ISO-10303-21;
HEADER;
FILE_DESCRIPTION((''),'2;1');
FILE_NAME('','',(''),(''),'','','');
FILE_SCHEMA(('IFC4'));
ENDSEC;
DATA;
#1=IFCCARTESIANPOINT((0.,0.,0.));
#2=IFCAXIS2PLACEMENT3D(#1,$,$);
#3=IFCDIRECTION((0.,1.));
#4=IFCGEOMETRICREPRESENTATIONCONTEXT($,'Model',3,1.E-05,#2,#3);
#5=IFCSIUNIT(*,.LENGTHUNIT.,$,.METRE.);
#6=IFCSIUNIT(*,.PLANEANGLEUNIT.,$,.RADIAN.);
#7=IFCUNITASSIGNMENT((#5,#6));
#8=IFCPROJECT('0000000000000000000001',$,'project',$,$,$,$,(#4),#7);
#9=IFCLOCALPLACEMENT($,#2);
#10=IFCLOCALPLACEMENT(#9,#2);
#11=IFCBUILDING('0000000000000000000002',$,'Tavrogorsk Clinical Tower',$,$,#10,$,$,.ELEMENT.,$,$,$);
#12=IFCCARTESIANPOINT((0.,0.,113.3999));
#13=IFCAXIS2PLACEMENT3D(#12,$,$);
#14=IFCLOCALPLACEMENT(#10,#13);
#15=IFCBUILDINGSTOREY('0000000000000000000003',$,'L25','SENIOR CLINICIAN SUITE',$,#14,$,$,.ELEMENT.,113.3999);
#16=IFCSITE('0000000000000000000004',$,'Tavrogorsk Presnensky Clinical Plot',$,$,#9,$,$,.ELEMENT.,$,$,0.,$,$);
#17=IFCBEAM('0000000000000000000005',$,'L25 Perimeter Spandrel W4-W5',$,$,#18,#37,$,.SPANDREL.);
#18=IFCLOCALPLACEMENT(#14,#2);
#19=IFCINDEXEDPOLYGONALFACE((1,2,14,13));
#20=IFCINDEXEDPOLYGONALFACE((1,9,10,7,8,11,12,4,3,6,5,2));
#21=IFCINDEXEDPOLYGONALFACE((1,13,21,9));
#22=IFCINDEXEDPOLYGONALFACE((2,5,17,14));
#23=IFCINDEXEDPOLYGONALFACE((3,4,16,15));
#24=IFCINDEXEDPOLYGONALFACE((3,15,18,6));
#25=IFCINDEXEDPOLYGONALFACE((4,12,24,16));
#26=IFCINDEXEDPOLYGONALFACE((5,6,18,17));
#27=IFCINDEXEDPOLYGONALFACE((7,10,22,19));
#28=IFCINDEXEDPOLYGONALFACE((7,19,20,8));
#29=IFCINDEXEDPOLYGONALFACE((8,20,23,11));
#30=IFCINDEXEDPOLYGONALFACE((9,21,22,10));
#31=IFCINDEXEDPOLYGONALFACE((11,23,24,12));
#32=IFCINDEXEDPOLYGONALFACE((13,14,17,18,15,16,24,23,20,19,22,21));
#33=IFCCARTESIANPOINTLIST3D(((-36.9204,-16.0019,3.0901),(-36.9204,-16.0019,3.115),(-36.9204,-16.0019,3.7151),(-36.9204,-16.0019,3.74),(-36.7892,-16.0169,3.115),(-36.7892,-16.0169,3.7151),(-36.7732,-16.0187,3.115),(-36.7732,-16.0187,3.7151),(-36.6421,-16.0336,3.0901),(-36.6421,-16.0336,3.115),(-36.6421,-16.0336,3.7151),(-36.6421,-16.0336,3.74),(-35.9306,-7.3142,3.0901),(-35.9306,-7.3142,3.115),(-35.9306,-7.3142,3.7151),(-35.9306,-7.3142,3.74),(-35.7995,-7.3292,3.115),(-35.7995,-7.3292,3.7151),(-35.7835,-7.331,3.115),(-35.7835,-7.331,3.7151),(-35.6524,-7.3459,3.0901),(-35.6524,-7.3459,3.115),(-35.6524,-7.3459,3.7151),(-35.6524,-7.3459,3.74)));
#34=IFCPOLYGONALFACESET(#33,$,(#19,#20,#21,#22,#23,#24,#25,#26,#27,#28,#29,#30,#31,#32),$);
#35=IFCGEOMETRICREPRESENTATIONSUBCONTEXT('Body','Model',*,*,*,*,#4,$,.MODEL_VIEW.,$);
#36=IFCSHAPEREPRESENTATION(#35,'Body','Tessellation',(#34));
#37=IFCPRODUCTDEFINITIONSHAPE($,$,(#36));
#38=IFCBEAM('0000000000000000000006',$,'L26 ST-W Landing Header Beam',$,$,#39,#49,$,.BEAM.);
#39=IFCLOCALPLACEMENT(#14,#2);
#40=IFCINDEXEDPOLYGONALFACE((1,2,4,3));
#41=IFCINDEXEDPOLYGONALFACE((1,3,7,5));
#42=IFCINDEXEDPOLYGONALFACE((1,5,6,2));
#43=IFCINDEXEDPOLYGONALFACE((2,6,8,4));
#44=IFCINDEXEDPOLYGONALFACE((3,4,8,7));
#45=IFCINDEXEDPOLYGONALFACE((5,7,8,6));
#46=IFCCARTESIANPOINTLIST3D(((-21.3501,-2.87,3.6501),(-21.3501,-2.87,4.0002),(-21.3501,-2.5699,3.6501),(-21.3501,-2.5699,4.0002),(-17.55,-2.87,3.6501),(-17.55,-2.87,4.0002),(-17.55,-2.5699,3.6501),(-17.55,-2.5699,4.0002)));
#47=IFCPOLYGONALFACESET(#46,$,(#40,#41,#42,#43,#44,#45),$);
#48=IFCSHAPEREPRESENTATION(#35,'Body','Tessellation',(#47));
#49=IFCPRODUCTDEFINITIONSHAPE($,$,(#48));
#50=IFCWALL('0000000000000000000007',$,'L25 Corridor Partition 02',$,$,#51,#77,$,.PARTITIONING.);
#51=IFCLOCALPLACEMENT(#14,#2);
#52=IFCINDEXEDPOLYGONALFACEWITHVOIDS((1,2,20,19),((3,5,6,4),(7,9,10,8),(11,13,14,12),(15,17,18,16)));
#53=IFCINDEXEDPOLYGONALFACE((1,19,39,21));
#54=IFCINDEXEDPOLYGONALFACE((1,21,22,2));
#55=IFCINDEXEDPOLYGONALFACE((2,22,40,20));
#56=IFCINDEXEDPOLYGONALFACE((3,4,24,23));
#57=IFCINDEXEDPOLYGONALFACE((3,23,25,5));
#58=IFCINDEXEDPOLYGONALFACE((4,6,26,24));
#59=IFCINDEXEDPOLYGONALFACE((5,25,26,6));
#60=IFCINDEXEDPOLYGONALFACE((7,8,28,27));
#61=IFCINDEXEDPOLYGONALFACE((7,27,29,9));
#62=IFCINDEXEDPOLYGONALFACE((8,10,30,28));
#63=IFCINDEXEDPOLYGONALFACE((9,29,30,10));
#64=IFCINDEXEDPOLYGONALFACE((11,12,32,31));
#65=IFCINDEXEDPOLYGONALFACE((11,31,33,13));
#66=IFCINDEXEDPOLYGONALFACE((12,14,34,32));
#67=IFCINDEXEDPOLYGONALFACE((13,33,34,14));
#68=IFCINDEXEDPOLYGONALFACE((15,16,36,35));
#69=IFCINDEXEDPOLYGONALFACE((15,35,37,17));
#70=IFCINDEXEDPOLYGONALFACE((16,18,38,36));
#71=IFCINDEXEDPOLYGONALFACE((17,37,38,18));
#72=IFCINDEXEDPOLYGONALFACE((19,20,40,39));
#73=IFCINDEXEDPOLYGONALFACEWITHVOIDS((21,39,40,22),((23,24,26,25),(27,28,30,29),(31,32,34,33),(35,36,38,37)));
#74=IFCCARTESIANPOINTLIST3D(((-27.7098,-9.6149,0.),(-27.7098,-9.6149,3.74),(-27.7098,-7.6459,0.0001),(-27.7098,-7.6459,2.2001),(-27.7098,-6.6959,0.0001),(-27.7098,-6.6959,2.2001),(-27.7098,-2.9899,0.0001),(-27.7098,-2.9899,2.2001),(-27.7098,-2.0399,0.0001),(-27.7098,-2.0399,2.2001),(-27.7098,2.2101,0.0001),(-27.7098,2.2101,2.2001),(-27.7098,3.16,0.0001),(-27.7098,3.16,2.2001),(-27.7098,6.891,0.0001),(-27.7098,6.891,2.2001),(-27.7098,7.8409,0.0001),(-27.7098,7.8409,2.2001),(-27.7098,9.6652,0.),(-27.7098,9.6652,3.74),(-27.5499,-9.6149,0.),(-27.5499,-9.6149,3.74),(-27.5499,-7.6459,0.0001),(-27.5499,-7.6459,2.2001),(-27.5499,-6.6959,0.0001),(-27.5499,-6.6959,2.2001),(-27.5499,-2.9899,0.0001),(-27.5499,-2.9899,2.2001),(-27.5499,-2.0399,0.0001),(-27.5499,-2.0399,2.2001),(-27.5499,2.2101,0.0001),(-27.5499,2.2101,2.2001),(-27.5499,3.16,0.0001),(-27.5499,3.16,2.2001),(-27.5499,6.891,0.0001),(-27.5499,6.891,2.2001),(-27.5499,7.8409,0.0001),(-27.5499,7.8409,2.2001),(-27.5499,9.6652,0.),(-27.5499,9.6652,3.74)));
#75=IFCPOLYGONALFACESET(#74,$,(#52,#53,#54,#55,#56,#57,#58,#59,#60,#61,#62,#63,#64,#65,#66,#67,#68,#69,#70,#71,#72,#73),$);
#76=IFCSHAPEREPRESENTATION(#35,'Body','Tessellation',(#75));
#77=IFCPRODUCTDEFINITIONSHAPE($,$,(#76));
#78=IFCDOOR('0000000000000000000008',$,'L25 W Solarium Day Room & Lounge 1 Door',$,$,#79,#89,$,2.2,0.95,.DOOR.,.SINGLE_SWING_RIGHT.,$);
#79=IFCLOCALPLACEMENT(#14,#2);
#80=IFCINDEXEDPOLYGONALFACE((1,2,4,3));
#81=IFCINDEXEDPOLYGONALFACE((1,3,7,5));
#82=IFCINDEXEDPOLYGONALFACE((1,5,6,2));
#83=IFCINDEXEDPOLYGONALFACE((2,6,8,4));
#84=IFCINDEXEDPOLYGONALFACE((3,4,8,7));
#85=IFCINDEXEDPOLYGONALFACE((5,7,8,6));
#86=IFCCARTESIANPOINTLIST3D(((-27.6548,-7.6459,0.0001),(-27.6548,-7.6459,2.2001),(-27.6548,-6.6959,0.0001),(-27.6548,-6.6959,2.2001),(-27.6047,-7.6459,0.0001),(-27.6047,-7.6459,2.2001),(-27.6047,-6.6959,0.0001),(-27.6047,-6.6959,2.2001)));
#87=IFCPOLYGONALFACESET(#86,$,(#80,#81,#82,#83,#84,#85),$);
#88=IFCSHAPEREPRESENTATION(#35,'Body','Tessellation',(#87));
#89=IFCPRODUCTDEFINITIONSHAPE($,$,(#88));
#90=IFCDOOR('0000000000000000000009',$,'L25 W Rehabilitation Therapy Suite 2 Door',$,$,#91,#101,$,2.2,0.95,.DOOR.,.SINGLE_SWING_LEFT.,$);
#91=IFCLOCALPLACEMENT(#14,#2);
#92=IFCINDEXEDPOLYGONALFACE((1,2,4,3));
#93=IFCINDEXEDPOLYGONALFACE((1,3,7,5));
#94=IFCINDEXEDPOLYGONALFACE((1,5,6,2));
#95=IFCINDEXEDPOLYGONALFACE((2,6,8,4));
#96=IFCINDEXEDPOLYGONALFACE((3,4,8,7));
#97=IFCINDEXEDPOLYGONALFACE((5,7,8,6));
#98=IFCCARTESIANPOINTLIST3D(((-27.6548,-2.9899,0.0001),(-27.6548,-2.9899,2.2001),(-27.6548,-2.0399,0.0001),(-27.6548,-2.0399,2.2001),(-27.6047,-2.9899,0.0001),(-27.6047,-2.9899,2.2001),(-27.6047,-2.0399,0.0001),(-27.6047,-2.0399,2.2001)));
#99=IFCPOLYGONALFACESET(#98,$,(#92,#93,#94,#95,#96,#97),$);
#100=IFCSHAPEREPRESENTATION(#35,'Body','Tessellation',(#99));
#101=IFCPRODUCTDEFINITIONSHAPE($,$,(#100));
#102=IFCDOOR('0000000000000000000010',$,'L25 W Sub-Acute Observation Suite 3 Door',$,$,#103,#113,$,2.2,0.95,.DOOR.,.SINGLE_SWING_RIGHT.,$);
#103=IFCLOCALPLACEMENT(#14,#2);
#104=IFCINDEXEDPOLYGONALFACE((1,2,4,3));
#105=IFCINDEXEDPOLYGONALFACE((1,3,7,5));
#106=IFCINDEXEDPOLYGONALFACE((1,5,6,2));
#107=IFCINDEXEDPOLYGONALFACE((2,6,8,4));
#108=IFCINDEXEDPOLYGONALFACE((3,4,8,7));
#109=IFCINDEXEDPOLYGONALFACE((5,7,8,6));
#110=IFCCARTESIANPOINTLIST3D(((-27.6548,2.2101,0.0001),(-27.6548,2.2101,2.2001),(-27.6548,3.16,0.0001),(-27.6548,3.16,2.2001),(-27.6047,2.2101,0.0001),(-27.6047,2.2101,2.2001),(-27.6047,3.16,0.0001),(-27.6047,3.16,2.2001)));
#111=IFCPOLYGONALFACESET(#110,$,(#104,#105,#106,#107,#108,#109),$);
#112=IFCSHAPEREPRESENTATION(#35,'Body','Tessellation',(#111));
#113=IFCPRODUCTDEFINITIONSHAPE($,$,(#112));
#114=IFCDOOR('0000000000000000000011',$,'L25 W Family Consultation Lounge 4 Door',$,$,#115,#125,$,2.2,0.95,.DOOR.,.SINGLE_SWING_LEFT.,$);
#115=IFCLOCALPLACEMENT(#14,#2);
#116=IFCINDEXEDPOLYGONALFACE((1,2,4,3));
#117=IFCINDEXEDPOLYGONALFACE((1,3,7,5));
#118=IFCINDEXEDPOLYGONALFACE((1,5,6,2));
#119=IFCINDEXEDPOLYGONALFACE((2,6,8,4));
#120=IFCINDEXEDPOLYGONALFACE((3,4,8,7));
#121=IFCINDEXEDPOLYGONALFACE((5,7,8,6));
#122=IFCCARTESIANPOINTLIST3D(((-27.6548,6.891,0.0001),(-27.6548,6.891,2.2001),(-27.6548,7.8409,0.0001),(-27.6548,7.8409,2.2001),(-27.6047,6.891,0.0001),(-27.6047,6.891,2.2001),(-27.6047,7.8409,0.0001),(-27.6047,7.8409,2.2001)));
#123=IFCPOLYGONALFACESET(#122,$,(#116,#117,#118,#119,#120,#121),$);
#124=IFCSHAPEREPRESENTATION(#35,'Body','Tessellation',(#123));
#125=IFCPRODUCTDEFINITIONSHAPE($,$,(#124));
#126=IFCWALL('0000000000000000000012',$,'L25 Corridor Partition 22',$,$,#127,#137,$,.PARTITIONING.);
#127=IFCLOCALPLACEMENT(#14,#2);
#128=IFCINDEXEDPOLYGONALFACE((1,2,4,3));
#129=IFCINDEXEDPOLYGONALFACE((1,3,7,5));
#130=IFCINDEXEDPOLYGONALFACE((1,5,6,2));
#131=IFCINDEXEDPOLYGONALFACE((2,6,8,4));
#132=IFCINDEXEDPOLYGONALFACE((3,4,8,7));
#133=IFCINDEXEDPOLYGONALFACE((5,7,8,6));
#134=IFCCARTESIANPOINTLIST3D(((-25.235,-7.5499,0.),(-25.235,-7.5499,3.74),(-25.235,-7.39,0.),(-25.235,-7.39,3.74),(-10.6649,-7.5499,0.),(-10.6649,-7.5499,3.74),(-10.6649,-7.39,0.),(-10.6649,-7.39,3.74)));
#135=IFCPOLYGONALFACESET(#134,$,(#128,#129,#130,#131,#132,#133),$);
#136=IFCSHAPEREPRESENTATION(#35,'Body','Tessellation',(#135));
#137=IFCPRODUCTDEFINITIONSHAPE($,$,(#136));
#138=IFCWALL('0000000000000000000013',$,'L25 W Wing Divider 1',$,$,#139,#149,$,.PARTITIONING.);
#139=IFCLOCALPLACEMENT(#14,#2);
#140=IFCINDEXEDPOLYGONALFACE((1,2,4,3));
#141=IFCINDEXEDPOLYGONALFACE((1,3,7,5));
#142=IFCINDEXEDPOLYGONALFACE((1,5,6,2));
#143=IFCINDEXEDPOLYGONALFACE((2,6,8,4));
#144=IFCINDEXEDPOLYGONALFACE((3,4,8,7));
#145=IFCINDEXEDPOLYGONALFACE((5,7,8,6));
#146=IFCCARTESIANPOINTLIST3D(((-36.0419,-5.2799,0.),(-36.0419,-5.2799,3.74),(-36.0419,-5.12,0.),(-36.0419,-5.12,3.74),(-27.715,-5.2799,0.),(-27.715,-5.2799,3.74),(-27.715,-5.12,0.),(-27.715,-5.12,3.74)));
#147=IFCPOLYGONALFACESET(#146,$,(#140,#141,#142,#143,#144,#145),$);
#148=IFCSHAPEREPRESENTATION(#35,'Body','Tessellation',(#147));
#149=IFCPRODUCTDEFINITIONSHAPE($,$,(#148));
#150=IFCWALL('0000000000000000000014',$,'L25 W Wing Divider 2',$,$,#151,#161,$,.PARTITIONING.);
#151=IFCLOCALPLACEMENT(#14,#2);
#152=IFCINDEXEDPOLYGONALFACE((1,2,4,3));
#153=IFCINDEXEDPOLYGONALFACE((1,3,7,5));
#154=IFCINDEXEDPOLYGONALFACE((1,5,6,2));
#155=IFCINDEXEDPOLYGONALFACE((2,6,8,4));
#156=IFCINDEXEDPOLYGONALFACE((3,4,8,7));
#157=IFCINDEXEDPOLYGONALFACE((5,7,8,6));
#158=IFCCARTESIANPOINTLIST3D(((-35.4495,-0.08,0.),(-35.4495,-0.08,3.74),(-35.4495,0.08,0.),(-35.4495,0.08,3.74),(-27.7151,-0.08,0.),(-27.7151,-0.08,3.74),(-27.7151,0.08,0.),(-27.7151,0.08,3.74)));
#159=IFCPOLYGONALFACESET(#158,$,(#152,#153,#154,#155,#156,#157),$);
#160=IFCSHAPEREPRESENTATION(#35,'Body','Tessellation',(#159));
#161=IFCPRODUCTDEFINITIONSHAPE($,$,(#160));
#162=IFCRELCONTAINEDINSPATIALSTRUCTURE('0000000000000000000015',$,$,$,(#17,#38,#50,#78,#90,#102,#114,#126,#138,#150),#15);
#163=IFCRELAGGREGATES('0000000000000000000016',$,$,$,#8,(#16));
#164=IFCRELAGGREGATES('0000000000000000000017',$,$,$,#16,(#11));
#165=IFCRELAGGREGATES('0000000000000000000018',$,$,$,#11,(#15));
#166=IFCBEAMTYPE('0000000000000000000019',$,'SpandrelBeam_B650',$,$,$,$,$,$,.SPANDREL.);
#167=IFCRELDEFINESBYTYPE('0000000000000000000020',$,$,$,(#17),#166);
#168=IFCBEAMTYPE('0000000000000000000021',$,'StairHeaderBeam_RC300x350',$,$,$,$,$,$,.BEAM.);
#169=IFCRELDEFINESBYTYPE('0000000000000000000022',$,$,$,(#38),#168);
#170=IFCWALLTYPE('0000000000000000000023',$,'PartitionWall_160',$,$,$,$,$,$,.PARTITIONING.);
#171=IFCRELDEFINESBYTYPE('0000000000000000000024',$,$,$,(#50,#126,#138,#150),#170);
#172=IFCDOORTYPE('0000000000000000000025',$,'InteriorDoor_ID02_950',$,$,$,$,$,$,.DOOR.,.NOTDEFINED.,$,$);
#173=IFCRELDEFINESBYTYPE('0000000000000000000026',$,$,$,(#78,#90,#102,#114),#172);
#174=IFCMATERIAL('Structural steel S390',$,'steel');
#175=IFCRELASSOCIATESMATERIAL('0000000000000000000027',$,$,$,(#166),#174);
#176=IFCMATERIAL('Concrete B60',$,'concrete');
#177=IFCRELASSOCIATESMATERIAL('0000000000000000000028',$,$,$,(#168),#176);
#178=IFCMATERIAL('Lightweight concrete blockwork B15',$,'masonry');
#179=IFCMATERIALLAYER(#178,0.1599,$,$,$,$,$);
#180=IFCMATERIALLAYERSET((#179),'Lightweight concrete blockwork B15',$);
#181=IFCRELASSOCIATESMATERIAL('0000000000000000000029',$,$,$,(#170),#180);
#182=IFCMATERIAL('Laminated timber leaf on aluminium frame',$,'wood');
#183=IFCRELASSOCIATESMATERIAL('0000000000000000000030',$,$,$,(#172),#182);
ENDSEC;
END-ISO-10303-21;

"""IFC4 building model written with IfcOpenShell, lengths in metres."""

from ifc_helpers import new_model, si_unit, direction, frame, frame_2d, origin, origin_2d, place, context, subcontext, project, spatial, rectangle, i_section, extrude, material, layer, layer_set, material_profile, profile_set, type_object, element, fill, save


model = new_model("IFC4")

# Units and contexts
model_context = context("Model", 3, precision=1e-05, world=origin(), true_north=direction((0.0, 1.0)))
body_context = subcontext(model_context, "Body", "Model", "MODEL_VIEW")
ifc_project = project(units=[si_unit("LENGTHUNIT", "METRE"), si_unit("PLANEANGLEUNIT", "RADIAN")], contexts=[model_context])

# Site, building, storey
site_placement = place(None, origin())
site = spatial("IfcSite", under=ifc_project, at=site_placement, Name="Tavrogorsk Presnensky Clinical Plot", CompositionType="ELEMENT", RefElevation=0.0)
building_placement = place(site_placement, origin())
building = spatial("IfcBuilding", under=site, at=building_placement, Name="Tavrogorsk Clinical Tower", CompositionType="ELEMENT")
storey_placement = place(building_placement, frame((0.0, 0.0, 113.3999)))
storey = spatial("IfcBuildingStorey", under=building, at=storey_placement, Name="L25", Description="SENIOR CLINICIAN SUITE", CompositionType="ELEMENT", Elevation=113.3999)

# Beams
ifc_material_1 = material(Name="Structural steel S390", Category="steel")
ifc_material_profile_1 = material_profile(ifc_material_1, i_section(OverallWidth=0.28, OverallDepth=0.6499, WebThickness=0.0161, FlangeThickness=0.0249, at=origin_2d()), Name="B-650x280x16x25")
ifc_profile_set_1 = profile_set([ifc_material_profile_1], Name="Structural steel S390")
beam_type_1 = type_object("IfcBeamType", Name="SpandrelBeam_B650", PredefinedType="SPANDREL", material=ifc_profile_set_1)
beam_1_placement = place(storey_placement, frame((-35.7915, -7.3301, 3.415), z_axis=(-0.113192, -0.993573, 0.0), x_axis=(0.993573, -0.113192, 0.0)))
element("IfcBeam", 1, at=beam_1_placement, inside=storey, type_object=beam_type_1, Name="L25 Perimeter Spandrel W4-W5", PredefinedType="SPANDREL", context=body_context, shape_type="SweptSolid", body=[
    extrude(i_section(OverallWidth=0.28, OverallDepth=0.6499, WebThickness=0.0161, FlangeThickness=0.0249, at=origin_2d()), origin(), (0.0, 0.0, 1.0), 8.7439),
])
ifc_material_2 = material(Name="Concrete B60", Category="concrete")
ifc_material_profile_2 = material_profile(ifc_material_2, rectangle(XDim=0.3, YDim=0.3501, at=origin_2d()), Name="RC-SHB-300x350")
ifc_profile_set_2 = profile_set([ifc_material_profile_2], Name="Concrete B60")
beam_type_2 = type_object("IfcBeamType", Name="StairHeaderBeam_RC300x350", PredefinedType="BEAM", material=ifc_profile_set_2)
beam_2_placement = place(storey_placement, frame((-21.3501, -2.72, 3.8252), z_axis=(1.0, 0.0, 0.0), x_axis=(0.0, 1.0, 0.0)))
element("IfcBeam", 2, at=beam_2_placement, inside=storey, type_object=beam_type_2, Name="L26 ST-W Landing Header Beam", PredefinedType="BEAM", context=body_context, shape_type="SweptSolid", body=[
    extrude(rectangle(XDim=0.3, YDim=0.3501, at=origin_2d()), origin(), (0.0, 0.0, 1.0), 3.8),
])

# Wall, openings, doors
ifc_material_3 = material(Name="Lightweight concrete blockwork B15", Category="masonry")
ifc_layer_1 = layer(ifc_material_3, 0.1599)
ifc_layer_set_1 = layer_set([ifc_layer_1], Name="Lightweight concrete blockwork B15")
wall_type_1 = type_object("IfcWallType", Name="PartitionWall_160", PredefinedType="PARTITIONING", material=ifc_layer_set_1)
wall_1_placement = place(storey_placement, frame((-27.6299, -9.615, 0.0), z_axis=(0.0, 0.0, 1.0), x_axis=(0.0, 1.0, 0.0)))
wall_1 = element("IfcWall", 3, at=wall_1_placement, inside=storey, type_object=wall_type_1, Name="L25 Corridor Partition 02", PredefinedType="PARTITIONING", context=body_context, shape_type="SweptSolid", body=[
    extrude(rectangle(XDim=19.28, YDim=0.1599, at=frame_2d((9.6401, 0.0))), origin(), (0.0, 0.0, 1.0), 3.74),
])
opening_1_placement = place(wall_1_placement, frame((1.969, 0.0, 0.0)))
opening_1 = element("IfcOpeningElement", 4, at=opening_1_placement, cuts=wall_1, PredefinedType="OPENING", context=body_context, shape_type="SweptSolid", body=[
    extrude(rectangle(XDim=0.95, YDim=2.2, at=frame_2d((0.4751, 1.1001))), frame((0.0, 0.0898, 0.0), z_axis=(0.0, -1.0, 0.0), x_axis=(1.0, 0.0, 0.0)), (0.0, 0.0, 1.0), 0.1799),
])
opening_2_placement = place(wall_1_placement, frame((6.625, 0.0, 0.0)))
opening_2 = element("IfcOpeningElement", 5, at=opening_2_placement, cuts=wall_1, PredefinedType="OPENING", context=body_context, shape_type="SweptSolid", body=[
    extrude(rectangle(XDim=0.95, YDim=2.2, at=frame_2d((0.4751, 1.1001))), frame((0.0, 0.0898, 0.0), z_axis=(0.0, -1.0, 0.0), x_axis=(1.0, 0.0, 0.0)), (0.0, 0.0, 1.0), 0.1799),
])
opening_3_placement = place(wall_1_placement, frame((11.825, 0.0, 0.0)))
opening_3 = element("IfcOpeningElement", 6, at=opening_3_placement, cuts=wall_1, PredefinedType="OPENING", context=body_context, shape_type="SweptSolid", body=[
    extrude(rectangle(XDim=0.95, YDim=2.2, at=frame_2d((0.4751, 1.1001))), frame((0.0, 0.0898, 0.0), z_axis=(0.0, -1.0, 0.0), x_axis=(1.0, 0.0, 0.0)), (0.0, 0.0, 1.0), 0.1799),
])
opening_4_placement = place(wall_1_placement, frame((16.5059, 0.0, 0.0)))
opening_4 = element("IfcOpeningElement", 7, at=opening_4_placement, cuts=wall_1, PredefinedType="OPENING", context=body_context, shape_type="SweptSolid", body=[
    extrude(rectangle(XDim=0.95, YDim=2.2, at=frame_2d((0.4751, 1.1001))), frame((0.0, 0.0898, 0.0), z_axis=(0.0, -1.0, 0.0), x_axis=(1.0, 0.0, 0.0)), (0.0, 0.0, 1.0), 0.1799),
])
ifc_material_4 = material(Name="Laminated timber leaf on aluminium frame", Category="wood")
door_type = type_object("IfcDoorType", Name="InteriorDoor_ID02_950", OperationType="NOTDEFINED", PredefinedType="DOOR", material=ifc_material_4)
door_1_placement = place(opening_1_placement, origin())
door_1 = element("IfcDoor", 8, at=door_1_placement, inside=storey, type_object=door_type, Name="L25 W Solarium Day Room & Lounge 1 Door", OperationType="SINGLE_SWING_RIGHT", OverallHeight=2.2, OverallWidth=0.95, PredefinedType="DOOR", context=body_context, shape_type="SweptSolid", body=[
    extrude(rectangle(XDim=0.95, YDim=2.2, at=frame_2d((0.4751, 1.1001))), frame((0.0, 0.0249, 0.0), z_axis=(0.0, -1.0, 0.0), x_axis=(1.0, 0.0, 0.0)), (0.0, 0.0, 1.0), 0.05),
])
fill(opening_1, door_1)
door_2_placement = place(opening_2_placement, origin())
door_2 = element("IfcDoor", 9, at=door_2_placement, inside=storey, type_object=door_type, Name="L25 W Rehabilitation Therapy Suite 2 Door", OperationType="SINGLE_SWING_LEFT", OverallHeight=2.2, OverallWidth=0.95, PredefinedType="DOOR", context=body_context, shape_type="SweptSolid", body=[
    extrude(rectangle(XDim=0.95, YDim=2.2, at=frame_2d((0.4751, 1.1001))), frame((0.0, 0.0249, 0.0), z_axis=(0.0, -1.0, 0.0), x_axis=(1.0, 0.0, 0.0)), (0.0, 0.0, 1.0), 0.05),
])
fill(opening_2, door_2)
door_3_placement = place(opening_3_placement, origin())
door_3 = element("IfcDoor", 10, at=door_3_placement, inside=storey, type_object=door_type, Name="L25 W Sub-Acute Observation Suite 3 Door", OperationType="SINGLE_SWING_RIGHT", OverallHeight=2.2, OverallWidth=0.95, PredefinedType="DOOR", context=body_context, shape_type="SweptSolid", body=[
    extrude(rectangle(XDim=0.95, YDim=2.2, at=frame_2d((0.4751, 1.1001))), frame((0.0, 0.0249, 0.0), z_axis=(0.0, -1.0, 0.0), x_axis=(1.0, 0.0, 0.0)), (0.0, 0.0, 1.0), 0.05),
])
fill(opening_3, door_3)
door_4_placement = place(opening_4_placement, origin())
door_4 = element("IfcDoor", 11, at=door_4_placement, inside=storey, type_object=door_type, Name="L25 W Family Consultation Lounge 4 Door", OperationType="SINGLE_SWING_LEFT", OverallHeight=2.2, OverallWidth=0.95, PredefinedType="DOOR", context=body_context, shape_type="SweptSolid", body=[
    extrude(rectangle(XDim=0.95, YDim=2.2, at=frame_2d((0.4751, 1.1001))), frame((0.0, 0.0249, 0.0), z_axis=(0.0, -1.0, 0.0), x_axis=(1.0, 0.0, 0.0)), (0.0, 0.0, 1.0), 0.05),
])
fill(opening_4, door_4)

# Walls
wall_2_placement = place(storey_placement, frame((-25.2351, -7.47, 0.0), z_axis=(0.0, 0.0, 1.0), x_axis=(1.0, 0.0, 0.0)))
element("IfcWall", 12, at=wall_2_placement, inside=storey, type_object=wall_type_1, Name="L25 Corridor Partition 22", PredefinedType="PARTITIONING", context=body_context, shape_type="SweptSolid", body=[
    extrude(rectangle(XDim=14.5701, YDim=0.1599, at=frame_2d((7.2852, 0.0))), origin(), (0.0, 0.0, 1.0), 3.74),
])
wall_3_placement = place(storey_placement, frame((-36.042, -5.2, 0.0), z_axis=(0.0, 0.0, 1.0), x_axis=(1.0, 0.0, 0.0)))
element("IfcWall", 13, at=wall_3_placement, inside=storey, type_object=wall_type_1, Name="L25 W Wing Divider 1", PredefinedType="PARTITIONING", context=body_context, shape_type="SweptSolid", body=[
    extrude(rectangle(XDim=8.3269, YDim=0.1599, at=frame_2d((4.1636, 0.0))), origin(), (0.0, 0.0, 1.0), 3.74),
])
wall_4_placement = place(storey_placement, frame((-35.4495, 0.0, 0.0), z_axis=(0.0, 0.0, 1.0), x_axis=(1.0, 0.0, 0.0)))
element("IfcWall", 14, at=wall_4_placement, inside=storey, type_object=wall_type_1, Name="L25 W Wing Divider 2", PredefinedType="PARTITIONING", context=body_context, shape_type="SweptSolid", body=[
    extrude(rectangle(XDim=7.7344, YDim=0.1599, at=frame_2d((3.8672, 0.0))), origin(), (0.0, 0.0, 1.0), 3.74),
])

save(model, "model.ifc")
